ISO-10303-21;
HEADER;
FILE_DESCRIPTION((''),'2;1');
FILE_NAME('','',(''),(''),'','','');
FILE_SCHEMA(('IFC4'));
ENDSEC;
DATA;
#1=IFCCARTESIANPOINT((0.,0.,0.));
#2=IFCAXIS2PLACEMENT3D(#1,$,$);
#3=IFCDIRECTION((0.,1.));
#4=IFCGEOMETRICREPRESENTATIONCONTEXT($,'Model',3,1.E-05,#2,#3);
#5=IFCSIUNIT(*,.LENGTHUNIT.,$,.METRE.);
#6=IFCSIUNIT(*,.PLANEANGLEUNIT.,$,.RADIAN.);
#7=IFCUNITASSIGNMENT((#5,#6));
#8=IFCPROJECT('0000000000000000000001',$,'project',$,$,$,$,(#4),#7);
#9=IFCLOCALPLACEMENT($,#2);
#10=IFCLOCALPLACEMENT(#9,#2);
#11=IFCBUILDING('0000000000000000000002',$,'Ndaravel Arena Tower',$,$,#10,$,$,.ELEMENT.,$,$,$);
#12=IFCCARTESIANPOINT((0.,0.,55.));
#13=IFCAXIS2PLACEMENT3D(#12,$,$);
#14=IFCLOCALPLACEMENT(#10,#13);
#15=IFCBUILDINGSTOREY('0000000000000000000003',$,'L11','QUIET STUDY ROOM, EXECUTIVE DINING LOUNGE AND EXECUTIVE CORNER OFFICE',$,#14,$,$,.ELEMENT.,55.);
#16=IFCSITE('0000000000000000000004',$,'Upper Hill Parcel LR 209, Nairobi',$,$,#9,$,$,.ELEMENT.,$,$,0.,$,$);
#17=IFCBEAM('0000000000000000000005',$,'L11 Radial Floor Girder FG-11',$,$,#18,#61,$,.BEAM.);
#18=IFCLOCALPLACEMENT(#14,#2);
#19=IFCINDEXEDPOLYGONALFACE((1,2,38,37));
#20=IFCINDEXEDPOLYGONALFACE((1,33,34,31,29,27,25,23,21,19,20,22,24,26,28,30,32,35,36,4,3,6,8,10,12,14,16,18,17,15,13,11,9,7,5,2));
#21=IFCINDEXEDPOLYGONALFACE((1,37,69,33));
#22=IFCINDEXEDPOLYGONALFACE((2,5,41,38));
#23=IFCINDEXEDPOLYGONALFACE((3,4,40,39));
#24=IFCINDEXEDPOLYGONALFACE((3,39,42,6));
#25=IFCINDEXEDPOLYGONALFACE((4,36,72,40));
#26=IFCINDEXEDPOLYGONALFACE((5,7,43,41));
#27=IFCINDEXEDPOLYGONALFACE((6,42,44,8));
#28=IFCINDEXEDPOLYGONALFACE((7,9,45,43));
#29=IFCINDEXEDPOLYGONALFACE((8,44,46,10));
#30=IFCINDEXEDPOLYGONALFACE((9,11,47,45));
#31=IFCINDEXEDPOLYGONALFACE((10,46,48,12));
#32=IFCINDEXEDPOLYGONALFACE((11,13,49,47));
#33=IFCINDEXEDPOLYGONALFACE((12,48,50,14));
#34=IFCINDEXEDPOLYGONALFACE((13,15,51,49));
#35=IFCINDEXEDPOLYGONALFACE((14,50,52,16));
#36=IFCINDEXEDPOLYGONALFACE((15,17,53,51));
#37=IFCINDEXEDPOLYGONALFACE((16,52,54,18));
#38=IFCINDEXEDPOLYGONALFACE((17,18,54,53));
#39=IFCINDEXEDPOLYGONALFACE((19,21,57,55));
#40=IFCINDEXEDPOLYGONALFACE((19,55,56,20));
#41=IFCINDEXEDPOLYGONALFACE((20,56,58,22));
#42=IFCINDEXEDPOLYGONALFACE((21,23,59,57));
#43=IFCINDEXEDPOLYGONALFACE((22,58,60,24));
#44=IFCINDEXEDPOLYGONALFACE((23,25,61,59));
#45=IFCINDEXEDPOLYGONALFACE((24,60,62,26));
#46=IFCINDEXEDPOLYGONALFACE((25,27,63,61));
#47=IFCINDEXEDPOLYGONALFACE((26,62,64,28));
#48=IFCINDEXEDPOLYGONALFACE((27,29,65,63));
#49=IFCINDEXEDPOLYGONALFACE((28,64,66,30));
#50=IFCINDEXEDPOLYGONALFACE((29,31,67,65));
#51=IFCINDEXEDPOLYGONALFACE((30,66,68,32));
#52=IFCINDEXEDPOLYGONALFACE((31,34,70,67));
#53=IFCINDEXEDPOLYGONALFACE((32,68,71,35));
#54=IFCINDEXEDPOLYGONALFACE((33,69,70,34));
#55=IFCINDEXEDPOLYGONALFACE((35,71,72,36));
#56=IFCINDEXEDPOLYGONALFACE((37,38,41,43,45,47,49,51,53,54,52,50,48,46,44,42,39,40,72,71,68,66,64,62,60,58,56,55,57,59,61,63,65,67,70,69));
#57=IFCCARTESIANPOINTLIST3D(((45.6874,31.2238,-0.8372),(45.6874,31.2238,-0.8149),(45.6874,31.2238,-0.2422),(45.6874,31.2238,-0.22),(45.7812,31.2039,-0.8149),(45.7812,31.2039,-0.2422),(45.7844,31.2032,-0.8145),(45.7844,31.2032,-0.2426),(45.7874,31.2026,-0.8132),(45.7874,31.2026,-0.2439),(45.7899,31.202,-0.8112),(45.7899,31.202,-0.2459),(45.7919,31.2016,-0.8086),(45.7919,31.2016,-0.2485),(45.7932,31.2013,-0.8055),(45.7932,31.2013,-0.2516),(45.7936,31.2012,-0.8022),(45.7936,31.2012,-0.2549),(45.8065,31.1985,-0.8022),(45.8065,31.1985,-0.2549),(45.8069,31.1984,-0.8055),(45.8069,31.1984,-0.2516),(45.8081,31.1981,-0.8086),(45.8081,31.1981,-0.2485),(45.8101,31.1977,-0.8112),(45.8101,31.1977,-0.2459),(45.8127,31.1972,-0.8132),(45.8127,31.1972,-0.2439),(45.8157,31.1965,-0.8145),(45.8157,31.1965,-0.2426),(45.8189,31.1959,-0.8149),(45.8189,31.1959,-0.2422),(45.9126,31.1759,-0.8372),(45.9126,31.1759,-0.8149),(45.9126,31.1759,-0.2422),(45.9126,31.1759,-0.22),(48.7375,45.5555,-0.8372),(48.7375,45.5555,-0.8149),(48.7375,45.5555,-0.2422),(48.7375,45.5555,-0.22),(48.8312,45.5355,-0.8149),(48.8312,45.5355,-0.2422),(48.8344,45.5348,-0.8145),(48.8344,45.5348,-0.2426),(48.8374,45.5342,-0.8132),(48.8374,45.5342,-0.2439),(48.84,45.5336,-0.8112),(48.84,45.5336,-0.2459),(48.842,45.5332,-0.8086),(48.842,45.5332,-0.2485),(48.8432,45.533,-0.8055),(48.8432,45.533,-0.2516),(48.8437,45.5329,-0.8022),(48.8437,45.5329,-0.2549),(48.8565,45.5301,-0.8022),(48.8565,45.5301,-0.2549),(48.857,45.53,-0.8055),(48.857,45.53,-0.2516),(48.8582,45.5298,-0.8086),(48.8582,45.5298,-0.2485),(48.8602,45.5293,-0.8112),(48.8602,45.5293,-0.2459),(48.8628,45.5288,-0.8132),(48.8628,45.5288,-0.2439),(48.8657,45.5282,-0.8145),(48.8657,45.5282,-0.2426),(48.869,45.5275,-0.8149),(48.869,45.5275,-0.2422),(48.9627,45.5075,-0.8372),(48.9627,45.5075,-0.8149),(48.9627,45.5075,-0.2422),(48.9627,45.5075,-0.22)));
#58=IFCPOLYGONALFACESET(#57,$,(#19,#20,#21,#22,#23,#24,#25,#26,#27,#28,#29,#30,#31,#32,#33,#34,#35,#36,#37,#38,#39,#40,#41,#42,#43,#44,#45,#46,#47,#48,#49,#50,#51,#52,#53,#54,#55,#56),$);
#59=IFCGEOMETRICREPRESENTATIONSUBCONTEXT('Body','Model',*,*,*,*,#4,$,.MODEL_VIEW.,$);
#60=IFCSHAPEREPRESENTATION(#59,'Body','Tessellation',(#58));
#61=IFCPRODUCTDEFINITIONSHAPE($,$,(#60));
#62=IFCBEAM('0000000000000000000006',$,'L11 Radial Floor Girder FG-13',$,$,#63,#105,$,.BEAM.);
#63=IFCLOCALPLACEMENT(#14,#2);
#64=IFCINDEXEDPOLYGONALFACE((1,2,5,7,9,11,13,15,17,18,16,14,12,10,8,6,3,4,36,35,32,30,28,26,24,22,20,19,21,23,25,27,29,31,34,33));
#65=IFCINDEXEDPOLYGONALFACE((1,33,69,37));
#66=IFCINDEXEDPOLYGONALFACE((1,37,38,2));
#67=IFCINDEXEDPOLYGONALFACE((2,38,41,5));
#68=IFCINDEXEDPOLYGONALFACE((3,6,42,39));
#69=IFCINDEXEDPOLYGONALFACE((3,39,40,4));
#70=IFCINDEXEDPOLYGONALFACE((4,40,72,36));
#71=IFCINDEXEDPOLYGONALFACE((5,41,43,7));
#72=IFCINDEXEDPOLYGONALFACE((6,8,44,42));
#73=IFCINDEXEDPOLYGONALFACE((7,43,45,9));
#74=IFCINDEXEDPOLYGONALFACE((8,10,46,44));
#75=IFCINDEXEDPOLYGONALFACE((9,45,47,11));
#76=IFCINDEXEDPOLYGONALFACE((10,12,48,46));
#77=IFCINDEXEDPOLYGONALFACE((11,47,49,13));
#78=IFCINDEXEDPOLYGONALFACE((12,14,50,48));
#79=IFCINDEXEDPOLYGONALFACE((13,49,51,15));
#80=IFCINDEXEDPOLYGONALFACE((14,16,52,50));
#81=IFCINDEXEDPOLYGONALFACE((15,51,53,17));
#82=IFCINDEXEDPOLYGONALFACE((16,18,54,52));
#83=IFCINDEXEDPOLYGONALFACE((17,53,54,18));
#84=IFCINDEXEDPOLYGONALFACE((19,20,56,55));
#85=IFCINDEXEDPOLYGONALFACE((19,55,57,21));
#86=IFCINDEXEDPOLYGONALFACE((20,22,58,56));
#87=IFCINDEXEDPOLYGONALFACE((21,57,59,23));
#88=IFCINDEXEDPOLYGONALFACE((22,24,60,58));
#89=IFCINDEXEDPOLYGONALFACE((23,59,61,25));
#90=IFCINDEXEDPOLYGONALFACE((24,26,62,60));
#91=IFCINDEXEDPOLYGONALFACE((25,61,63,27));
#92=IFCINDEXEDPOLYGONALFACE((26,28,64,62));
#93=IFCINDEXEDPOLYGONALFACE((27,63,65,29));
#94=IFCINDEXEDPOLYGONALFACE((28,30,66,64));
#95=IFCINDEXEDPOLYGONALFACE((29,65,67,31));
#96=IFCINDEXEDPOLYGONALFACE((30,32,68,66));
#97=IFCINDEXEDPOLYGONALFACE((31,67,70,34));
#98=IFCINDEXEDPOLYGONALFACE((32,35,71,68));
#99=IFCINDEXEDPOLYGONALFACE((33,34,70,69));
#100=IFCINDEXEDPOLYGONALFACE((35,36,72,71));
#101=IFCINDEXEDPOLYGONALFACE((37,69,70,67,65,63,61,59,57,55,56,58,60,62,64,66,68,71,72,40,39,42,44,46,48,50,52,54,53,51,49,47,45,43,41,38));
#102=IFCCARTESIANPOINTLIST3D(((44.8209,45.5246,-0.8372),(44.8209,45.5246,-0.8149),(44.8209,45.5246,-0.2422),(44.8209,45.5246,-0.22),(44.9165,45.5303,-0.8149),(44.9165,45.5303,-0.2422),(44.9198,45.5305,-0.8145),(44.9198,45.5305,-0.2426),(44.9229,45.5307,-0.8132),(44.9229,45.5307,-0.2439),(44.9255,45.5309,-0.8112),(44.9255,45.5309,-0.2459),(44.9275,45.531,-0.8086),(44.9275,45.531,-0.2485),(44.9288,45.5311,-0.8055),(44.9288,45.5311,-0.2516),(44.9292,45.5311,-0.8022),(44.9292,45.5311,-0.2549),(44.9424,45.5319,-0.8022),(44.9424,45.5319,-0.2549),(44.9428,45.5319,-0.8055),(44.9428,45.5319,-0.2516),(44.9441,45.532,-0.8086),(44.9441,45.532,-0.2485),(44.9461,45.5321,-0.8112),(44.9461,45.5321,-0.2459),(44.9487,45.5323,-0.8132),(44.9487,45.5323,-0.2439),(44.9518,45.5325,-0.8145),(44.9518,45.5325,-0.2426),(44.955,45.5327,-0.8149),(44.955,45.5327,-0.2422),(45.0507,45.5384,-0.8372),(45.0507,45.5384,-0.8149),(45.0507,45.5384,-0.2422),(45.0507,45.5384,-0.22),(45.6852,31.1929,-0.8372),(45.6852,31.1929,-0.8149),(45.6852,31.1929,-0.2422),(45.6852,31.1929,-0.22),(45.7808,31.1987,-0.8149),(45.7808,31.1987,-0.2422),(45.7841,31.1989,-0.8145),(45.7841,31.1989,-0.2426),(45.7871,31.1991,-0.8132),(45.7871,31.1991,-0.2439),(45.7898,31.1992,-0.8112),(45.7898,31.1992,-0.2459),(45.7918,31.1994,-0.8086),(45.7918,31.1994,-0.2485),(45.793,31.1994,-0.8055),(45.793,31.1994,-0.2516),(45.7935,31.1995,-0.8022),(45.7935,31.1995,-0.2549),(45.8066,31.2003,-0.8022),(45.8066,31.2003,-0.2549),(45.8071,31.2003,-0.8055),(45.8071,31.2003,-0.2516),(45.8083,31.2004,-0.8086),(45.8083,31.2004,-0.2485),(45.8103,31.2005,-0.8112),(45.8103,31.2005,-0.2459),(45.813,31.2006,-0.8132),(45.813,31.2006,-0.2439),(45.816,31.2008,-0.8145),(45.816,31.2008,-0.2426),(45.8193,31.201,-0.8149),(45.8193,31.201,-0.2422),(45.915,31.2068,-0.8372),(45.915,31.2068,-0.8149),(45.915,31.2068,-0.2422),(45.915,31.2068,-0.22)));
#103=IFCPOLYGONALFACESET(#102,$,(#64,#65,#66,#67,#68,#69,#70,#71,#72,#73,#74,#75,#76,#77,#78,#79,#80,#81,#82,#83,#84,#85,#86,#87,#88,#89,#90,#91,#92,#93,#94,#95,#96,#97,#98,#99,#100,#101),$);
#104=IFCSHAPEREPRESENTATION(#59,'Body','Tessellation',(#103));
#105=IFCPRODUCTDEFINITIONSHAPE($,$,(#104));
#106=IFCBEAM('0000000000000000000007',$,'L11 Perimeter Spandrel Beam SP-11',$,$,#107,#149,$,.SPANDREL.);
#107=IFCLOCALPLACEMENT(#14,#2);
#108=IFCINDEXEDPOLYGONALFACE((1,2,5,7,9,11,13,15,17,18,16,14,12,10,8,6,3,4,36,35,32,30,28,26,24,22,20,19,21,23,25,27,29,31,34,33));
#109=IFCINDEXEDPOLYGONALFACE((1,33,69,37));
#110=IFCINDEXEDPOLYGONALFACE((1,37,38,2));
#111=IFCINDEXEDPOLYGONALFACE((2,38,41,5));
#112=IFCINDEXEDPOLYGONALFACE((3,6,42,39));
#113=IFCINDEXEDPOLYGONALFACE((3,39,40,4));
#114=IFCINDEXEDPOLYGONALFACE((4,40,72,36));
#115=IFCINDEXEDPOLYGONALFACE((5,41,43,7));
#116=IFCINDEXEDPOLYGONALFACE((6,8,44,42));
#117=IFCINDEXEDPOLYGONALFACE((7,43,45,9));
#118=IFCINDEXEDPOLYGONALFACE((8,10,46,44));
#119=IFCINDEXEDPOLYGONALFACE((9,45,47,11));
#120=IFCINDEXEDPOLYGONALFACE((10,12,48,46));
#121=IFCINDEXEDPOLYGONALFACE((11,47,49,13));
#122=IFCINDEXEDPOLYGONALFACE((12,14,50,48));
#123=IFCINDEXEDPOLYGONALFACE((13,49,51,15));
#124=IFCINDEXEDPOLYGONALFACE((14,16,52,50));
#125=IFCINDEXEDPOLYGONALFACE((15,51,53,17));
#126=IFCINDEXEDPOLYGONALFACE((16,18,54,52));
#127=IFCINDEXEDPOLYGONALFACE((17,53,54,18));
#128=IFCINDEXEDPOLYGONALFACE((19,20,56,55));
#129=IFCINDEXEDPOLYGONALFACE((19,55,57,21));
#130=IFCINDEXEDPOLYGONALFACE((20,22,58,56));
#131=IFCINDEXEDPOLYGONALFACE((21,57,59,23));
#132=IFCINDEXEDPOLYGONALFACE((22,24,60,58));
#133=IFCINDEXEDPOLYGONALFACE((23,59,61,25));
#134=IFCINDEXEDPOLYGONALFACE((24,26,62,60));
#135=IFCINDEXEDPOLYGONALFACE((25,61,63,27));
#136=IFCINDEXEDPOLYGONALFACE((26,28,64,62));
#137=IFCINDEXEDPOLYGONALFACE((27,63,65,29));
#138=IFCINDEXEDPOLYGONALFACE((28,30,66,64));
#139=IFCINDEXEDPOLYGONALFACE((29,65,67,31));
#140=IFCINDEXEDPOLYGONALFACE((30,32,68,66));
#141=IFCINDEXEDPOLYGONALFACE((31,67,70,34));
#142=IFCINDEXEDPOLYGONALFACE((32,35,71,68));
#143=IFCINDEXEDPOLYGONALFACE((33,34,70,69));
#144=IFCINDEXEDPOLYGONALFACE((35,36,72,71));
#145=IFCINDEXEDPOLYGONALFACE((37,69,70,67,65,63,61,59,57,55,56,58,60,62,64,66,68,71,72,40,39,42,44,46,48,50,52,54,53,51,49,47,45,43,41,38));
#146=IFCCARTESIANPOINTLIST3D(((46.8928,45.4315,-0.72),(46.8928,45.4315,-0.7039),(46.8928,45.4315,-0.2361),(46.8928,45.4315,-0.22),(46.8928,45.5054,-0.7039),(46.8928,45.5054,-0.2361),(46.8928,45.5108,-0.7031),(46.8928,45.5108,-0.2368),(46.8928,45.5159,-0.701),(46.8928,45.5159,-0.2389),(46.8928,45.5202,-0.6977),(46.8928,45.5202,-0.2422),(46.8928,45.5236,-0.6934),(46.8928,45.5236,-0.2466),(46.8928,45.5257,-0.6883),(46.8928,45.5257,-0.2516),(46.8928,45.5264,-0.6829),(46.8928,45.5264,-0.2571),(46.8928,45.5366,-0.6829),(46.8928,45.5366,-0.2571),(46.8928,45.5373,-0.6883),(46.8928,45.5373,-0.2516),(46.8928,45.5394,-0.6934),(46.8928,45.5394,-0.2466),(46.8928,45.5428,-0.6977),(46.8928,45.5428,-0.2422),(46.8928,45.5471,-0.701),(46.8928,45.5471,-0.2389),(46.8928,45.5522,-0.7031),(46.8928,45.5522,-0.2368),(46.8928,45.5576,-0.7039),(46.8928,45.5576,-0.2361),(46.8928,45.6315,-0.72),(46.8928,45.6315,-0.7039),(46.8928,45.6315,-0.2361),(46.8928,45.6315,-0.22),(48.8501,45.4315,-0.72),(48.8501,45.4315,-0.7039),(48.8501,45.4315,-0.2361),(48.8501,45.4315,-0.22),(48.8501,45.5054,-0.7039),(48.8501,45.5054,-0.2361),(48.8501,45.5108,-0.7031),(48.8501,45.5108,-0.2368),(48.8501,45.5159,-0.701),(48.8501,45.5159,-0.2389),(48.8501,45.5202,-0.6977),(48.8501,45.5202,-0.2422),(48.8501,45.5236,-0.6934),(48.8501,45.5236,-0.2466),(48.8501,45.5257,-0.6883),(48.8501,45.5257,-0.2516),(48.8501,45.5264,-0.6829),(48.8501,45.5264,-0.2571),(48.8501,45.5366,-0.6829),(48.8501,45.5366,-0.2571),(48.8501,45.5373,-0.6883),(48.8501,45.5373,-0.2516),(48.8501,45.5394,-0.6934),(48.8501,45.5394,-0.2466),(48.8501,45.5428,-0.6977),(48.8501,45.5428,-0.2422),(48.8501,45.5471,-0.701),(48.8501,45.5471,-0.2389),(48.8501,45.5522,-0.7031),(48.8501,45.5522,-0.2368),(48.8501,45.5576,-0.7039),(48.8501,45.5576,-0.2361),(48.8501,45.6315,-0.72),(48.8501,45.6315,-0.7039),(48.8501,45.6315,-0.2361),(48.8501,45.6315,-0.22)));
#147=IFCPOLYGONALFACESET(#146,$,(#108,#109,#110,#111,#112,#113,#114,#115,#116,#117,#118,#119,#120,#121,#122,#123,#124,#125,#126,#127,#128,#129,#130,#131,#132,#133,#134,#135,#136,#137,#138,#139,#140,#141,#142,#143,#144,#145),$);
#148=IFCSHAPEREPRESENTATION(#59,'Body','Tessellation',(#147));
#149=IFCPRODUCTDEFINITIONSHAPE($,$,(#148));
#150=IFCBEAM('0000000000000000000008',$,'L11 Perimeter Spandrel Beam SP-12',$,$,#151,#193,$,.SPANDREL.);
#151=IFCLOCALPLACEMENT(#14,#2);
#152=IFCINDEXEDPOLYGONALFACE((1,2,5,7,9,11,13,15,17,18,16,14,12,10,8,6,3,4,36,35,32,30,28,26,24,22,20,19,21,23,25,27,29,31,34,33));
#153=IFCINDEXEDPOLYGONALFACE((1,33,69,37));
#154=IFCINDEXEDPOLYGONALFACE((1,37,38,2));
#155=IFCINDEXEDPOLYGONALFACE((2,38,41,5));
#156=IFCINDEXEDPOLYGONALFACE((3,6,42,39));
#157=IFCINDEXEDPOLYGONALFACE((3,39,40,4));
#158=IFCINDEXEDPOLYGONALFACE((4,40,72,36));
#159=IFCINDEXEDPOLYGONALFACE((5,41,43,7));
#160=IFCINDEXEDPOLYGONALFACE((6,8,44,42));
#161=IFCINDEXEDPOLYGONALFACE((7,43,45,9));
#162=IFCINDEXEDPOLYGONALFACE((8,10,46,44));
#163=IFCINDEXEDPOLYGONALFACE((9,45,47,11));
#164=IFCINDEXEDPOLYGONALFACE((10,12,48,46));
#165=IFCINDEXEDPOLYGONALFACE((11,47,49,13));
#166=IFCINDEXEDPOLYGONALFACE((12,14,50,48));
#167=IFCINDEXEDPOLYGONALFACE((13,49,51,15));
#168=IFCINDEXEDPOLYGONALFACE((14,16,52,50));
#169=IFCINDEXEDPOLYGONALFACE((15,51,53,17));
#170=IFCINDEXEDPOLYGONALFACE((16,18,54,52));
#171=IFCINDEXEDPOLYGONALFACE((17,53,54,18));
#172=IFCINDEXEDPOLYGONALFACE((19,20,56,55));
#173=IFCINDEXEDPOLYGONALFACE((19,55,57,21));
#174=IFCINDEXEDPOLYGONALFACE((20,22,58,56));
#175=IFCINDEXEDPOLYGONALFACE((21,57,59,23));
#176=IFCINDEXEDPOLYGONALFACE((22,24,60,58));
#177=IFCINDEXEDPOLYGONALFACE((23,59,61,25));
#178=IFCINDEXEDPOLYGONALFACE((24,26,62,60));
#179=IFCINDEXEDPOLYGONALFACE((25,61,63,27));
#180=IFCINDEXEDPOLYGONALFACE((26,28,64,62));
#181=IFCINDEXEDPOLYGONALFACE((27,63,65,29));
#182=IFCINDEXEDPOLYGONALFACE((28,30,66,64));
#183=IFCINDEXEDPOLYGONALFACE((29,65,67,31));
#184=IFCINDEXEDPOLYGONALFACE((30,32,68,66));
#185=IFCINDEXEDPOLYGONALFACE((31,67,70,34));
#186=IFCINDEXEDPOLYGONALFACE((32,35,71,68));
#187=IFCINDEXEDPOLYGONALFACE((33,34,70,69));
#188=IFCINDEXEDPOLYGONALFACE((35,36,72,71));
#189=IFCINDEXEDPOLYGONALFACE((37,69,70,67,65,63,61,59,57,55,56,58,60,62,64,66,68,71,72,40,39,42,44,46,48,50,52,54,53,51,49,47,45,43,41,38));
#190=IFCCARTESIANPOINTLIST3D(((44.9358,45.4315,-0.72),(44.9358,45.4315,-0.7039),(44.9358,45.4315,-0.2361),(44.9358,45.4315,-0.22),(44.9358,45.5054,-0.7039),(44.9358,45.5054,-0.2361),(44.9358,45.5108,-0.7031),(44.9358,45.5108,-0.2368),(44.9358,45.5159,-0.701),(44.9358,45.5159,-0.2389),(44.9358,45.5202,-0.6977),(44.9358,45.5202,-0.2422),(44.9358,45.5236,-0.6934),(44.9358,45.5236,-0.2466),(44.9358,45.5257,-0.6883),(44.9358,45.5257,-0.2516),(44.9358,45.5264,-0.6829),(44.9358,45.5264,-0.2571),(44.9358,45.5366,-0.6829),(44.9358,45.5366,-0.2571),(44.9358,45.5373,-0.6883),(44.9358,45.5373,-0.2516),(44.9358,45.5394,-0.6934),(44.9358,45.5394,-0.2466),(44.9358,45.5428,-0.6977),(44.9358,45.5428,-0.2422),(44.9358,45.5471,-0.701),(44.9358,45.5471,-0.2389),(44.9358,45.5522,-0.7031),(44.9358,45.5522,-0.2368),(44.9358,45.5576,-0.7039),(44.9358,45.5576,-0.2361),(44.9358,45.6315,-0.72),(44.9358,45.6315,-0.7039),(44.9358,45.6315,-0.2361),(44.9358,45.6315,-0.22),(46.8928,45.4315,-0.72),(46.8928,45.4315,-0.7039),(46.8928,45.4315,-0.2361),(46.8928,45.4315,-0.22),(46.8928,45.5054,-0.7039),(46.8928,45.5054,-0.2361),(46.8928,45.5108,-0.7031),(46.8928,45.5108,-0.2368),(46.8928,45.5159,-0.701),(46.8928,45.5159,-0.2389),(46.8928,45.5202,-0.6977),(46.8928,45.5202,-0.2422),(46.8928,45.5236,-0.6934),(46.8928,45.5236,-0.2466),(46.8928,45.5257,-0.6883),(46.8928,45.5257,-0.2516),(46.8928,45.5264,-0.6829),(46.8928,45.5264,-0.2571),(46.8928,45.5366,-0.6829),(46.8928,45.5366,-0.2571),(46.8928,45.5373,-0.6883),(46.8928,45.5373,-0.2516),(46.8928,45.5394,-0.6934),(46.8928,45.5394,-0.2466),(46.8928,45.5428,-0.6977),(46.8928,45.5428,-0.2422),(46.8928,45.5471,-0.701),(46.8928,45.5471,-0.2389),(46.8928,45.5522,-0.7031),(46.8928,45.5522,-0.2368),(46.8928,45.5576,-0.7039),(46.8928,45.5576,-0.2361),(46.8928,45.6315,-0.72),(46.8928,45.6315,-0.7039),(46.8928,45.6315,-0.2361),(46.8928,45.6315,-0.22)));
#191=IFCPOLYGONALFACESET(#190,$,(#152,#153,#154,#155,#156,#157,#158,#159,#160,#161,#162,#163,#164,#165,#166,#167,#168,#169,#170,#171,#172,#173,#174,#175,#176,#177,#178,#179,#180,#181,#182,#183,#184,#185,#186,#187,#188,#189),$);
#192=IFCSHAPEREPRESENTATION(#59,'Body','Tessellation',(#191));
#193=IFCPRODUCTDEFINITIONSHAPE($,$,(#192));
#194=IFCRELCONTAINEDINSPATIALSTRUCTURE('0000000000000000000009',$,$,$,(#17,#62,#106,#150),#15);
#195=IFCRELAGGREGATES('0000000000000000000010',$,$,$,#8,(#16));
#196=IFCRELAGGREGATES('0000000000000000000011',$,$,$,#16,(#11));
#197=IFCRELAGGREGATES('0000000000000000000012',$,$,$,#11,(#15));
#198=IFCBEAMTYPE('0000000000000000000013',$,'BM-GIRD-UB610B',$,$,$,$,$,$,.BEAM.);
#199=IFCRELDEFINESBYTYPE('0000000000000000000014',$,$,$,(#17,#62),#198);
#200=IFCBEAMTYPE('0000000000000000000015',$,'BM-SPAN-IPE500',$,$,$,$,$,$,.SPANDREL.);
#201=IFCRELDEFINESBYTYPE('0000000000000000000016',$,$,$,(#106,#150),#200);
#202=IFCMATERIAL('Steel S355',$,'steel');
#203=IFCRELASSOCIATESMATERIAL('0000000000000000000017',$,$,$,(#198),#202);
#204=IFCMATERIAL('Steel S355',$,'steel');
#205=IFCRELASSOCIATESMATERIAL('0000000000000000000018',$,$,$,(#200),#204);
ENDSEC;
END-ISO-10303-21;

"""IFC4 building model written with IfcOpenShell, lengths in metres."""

from ifc_helpers import new_model, si_unit, direction, frame, origin, origin_2d, place, context, subcontext, project, spatial, i_section, extrude, material, material_profile, profile_set, type_object, element, save


model = new_model("IFC4")

# Units and contexts
model_context = context("Model", 3, precision=1e-05, world=origin(), true_north=direction((0.0, 1.0)))
body_context = subcontext(model_context, "Body", "Model", "MODEL_VIEW")
ifc_project = project(units=[si_unit("LENGTHUNIT", "METRE"), si_unit("PLANEANGLEUNIT", "RADIAN")], contexts=[model_context])

# Site, building, storey
site_placement = place(None, origin())
site = spatial("IfcSite", under=ifc_project, at=site_placement, Name="Upper Hill Parcel LR 209, Nairobi", CompositionType="ELEMENT", RefElevation=0.0)
building_placement = place(site_placement, origin())
building = spatial("IfcBuilding", under=site, at=building_placement, Name="Ndaravel Arena Tower", CompositionType="ELEMENT")
storey_placement = place(building_placement, frame((0.0, 0.0, 55.0)))
storey = spatial("IfcBuildingStorey", under=building, at=storey_placement, Name="L11", Description="QUIET STUDY ROOM, EXECUTIVE DINING LOUNGE AND EXECUTIVE CORNER OFFICE", CompositionType="ELEMENT", Elevation=55.0)

# Beams
ifc_material_1 = material(Name="Steel S355", Category="steel")
ifc_material_profile_1 = material_profile(ifc_material_1, i_section(OverallWidth=0.2302, OverallDepth=0.6172, WebThickness=0.0132, FlangeThickness=0.0222, FilletRadius=0.0127, at=origin_2d()), Name="UB 610x229x140")
ifc_profile_set_1 = profile_set([ifc_material_profile_1], Name="Steel S355")
beam_type_1 = type_object("IfcBeamType", Name="BM-GIRD-UB610B", PredefinedType="BEAM", material=ifc_profile_set_1)
beam_1_placement = place(storey_placement, frame((48.8501, 45.5315, -0.5286), z_axis=(-0.208159, -0.978095, 0.0), x_axis=(0.978095, -0.208159, 0.0)))
element("IfcBeam", 1, at=beam_1_placement, inside=storey, type_object=beam_type_1, Name="L11 Radial Floor Girder FG-11", PredefinedType="BEAM", context=body_context, shape_type="SweptSolid", body=[
    extrude(i_section(OverallWidth=0.2302, OverallDepth=0.6172, WebThickness=0.0132, FlangeThickness=0.0222, FilletRadius=0.0127, at=origin_2d()), origin(), (0.0, 0.0, 1.0), 14.6526),
])
beam_2_placement = place(storey_placement, frame((44.9358, 45.5315, -0.5286), z_axis=(0.060195, -0.998187, 0.0), x_axis=(0.998187, 0.060195, 0.0)))
element("IfcBeam", 2, at=beam_2_placement, inside=storey, type_object=beam_type_1, Name="L11 Radial Floor Girder FG-13", PredefinedType="BEAM", context=body_context, shape_type="SweptSolid", body=[
    extrude(i_section(OverallWidth=0.2302, OverallDepth=0.6172, WebThickness=0.0132, FlangeThickness=0.0222, FilletRadius=0.0127, at=origin_2d()), origin(), (0.0, 0.0, 1.0), 14.3577),
])
ifc_material_2 = material(Name="Steel S355", Category="steel")
ifc_material_profile_2 = material_profile(ifc_material_2, i_section(OverallWidth=0.2, OverallDepth=0.5, WebThickness=0.0103, FlangeThickness=0.0161, FilletRadius=0.021, at=origin_2d()), Name="IPE 500")
ifc_profile_set_2 = profile_set([ifc_material_profile_2], Name="Steel S355")
beam_type_2 = type_object("IfcBeamType", Name="BM-SPAN-IPE500", PredefinedType="SPANDREL", material=ifc_profile_set_2)
beam_3_placement = place(storey_placement, frame((48.8501, 45.5315, -0.47), z_axis=(-1.0, 0.0, 0.0), x_axis=(0.0, -1.0, 0.0)))
element("IfcBeam", 3, at=beam_3_placement, inside=storey, type_object=beam_type_2, Name="L11 Perimeter Spandrel Beam SP-11", PredefinedType="SPANDREL", context=body_context, shape_type="SweptSolid", body=[
    extrude(i_section(OverallWidth=0.2, OverallDepth=0.5, WebThickness=0.0103, FlangeThickness=0.0161, FilletRadius=0.021, at=origin_2d()), origin(), (0.0, 0.0, 1.0), 1.9573),
])
beam_4_placement = place(storey_placement, frame((46.8928, 45.5315, -0.47), z_axis=(-1.0, 0.0, 0.0), x_axis=(0.0, -1.0, 0.0)))
element("IfcBeam", 4, at=beam_4_placement, inside=storey, type_object=beam_type_2, Name="L11 Perimeter Spandrel Beam SP-12", PredefinedType="SPANDREL", context=body_context, shape_type="SweptSolid", body=[
    extrude(i_section(OverallWidth=0.2, OverallDepth=0.5, WebThickness=0.0103, FlangeThickness=0.0161, FilletRadius=0.021, at=origin_2d()), origin(), (0.0, 0.0, 1.0), 1.957),
])

save(model, "model.ifc")
